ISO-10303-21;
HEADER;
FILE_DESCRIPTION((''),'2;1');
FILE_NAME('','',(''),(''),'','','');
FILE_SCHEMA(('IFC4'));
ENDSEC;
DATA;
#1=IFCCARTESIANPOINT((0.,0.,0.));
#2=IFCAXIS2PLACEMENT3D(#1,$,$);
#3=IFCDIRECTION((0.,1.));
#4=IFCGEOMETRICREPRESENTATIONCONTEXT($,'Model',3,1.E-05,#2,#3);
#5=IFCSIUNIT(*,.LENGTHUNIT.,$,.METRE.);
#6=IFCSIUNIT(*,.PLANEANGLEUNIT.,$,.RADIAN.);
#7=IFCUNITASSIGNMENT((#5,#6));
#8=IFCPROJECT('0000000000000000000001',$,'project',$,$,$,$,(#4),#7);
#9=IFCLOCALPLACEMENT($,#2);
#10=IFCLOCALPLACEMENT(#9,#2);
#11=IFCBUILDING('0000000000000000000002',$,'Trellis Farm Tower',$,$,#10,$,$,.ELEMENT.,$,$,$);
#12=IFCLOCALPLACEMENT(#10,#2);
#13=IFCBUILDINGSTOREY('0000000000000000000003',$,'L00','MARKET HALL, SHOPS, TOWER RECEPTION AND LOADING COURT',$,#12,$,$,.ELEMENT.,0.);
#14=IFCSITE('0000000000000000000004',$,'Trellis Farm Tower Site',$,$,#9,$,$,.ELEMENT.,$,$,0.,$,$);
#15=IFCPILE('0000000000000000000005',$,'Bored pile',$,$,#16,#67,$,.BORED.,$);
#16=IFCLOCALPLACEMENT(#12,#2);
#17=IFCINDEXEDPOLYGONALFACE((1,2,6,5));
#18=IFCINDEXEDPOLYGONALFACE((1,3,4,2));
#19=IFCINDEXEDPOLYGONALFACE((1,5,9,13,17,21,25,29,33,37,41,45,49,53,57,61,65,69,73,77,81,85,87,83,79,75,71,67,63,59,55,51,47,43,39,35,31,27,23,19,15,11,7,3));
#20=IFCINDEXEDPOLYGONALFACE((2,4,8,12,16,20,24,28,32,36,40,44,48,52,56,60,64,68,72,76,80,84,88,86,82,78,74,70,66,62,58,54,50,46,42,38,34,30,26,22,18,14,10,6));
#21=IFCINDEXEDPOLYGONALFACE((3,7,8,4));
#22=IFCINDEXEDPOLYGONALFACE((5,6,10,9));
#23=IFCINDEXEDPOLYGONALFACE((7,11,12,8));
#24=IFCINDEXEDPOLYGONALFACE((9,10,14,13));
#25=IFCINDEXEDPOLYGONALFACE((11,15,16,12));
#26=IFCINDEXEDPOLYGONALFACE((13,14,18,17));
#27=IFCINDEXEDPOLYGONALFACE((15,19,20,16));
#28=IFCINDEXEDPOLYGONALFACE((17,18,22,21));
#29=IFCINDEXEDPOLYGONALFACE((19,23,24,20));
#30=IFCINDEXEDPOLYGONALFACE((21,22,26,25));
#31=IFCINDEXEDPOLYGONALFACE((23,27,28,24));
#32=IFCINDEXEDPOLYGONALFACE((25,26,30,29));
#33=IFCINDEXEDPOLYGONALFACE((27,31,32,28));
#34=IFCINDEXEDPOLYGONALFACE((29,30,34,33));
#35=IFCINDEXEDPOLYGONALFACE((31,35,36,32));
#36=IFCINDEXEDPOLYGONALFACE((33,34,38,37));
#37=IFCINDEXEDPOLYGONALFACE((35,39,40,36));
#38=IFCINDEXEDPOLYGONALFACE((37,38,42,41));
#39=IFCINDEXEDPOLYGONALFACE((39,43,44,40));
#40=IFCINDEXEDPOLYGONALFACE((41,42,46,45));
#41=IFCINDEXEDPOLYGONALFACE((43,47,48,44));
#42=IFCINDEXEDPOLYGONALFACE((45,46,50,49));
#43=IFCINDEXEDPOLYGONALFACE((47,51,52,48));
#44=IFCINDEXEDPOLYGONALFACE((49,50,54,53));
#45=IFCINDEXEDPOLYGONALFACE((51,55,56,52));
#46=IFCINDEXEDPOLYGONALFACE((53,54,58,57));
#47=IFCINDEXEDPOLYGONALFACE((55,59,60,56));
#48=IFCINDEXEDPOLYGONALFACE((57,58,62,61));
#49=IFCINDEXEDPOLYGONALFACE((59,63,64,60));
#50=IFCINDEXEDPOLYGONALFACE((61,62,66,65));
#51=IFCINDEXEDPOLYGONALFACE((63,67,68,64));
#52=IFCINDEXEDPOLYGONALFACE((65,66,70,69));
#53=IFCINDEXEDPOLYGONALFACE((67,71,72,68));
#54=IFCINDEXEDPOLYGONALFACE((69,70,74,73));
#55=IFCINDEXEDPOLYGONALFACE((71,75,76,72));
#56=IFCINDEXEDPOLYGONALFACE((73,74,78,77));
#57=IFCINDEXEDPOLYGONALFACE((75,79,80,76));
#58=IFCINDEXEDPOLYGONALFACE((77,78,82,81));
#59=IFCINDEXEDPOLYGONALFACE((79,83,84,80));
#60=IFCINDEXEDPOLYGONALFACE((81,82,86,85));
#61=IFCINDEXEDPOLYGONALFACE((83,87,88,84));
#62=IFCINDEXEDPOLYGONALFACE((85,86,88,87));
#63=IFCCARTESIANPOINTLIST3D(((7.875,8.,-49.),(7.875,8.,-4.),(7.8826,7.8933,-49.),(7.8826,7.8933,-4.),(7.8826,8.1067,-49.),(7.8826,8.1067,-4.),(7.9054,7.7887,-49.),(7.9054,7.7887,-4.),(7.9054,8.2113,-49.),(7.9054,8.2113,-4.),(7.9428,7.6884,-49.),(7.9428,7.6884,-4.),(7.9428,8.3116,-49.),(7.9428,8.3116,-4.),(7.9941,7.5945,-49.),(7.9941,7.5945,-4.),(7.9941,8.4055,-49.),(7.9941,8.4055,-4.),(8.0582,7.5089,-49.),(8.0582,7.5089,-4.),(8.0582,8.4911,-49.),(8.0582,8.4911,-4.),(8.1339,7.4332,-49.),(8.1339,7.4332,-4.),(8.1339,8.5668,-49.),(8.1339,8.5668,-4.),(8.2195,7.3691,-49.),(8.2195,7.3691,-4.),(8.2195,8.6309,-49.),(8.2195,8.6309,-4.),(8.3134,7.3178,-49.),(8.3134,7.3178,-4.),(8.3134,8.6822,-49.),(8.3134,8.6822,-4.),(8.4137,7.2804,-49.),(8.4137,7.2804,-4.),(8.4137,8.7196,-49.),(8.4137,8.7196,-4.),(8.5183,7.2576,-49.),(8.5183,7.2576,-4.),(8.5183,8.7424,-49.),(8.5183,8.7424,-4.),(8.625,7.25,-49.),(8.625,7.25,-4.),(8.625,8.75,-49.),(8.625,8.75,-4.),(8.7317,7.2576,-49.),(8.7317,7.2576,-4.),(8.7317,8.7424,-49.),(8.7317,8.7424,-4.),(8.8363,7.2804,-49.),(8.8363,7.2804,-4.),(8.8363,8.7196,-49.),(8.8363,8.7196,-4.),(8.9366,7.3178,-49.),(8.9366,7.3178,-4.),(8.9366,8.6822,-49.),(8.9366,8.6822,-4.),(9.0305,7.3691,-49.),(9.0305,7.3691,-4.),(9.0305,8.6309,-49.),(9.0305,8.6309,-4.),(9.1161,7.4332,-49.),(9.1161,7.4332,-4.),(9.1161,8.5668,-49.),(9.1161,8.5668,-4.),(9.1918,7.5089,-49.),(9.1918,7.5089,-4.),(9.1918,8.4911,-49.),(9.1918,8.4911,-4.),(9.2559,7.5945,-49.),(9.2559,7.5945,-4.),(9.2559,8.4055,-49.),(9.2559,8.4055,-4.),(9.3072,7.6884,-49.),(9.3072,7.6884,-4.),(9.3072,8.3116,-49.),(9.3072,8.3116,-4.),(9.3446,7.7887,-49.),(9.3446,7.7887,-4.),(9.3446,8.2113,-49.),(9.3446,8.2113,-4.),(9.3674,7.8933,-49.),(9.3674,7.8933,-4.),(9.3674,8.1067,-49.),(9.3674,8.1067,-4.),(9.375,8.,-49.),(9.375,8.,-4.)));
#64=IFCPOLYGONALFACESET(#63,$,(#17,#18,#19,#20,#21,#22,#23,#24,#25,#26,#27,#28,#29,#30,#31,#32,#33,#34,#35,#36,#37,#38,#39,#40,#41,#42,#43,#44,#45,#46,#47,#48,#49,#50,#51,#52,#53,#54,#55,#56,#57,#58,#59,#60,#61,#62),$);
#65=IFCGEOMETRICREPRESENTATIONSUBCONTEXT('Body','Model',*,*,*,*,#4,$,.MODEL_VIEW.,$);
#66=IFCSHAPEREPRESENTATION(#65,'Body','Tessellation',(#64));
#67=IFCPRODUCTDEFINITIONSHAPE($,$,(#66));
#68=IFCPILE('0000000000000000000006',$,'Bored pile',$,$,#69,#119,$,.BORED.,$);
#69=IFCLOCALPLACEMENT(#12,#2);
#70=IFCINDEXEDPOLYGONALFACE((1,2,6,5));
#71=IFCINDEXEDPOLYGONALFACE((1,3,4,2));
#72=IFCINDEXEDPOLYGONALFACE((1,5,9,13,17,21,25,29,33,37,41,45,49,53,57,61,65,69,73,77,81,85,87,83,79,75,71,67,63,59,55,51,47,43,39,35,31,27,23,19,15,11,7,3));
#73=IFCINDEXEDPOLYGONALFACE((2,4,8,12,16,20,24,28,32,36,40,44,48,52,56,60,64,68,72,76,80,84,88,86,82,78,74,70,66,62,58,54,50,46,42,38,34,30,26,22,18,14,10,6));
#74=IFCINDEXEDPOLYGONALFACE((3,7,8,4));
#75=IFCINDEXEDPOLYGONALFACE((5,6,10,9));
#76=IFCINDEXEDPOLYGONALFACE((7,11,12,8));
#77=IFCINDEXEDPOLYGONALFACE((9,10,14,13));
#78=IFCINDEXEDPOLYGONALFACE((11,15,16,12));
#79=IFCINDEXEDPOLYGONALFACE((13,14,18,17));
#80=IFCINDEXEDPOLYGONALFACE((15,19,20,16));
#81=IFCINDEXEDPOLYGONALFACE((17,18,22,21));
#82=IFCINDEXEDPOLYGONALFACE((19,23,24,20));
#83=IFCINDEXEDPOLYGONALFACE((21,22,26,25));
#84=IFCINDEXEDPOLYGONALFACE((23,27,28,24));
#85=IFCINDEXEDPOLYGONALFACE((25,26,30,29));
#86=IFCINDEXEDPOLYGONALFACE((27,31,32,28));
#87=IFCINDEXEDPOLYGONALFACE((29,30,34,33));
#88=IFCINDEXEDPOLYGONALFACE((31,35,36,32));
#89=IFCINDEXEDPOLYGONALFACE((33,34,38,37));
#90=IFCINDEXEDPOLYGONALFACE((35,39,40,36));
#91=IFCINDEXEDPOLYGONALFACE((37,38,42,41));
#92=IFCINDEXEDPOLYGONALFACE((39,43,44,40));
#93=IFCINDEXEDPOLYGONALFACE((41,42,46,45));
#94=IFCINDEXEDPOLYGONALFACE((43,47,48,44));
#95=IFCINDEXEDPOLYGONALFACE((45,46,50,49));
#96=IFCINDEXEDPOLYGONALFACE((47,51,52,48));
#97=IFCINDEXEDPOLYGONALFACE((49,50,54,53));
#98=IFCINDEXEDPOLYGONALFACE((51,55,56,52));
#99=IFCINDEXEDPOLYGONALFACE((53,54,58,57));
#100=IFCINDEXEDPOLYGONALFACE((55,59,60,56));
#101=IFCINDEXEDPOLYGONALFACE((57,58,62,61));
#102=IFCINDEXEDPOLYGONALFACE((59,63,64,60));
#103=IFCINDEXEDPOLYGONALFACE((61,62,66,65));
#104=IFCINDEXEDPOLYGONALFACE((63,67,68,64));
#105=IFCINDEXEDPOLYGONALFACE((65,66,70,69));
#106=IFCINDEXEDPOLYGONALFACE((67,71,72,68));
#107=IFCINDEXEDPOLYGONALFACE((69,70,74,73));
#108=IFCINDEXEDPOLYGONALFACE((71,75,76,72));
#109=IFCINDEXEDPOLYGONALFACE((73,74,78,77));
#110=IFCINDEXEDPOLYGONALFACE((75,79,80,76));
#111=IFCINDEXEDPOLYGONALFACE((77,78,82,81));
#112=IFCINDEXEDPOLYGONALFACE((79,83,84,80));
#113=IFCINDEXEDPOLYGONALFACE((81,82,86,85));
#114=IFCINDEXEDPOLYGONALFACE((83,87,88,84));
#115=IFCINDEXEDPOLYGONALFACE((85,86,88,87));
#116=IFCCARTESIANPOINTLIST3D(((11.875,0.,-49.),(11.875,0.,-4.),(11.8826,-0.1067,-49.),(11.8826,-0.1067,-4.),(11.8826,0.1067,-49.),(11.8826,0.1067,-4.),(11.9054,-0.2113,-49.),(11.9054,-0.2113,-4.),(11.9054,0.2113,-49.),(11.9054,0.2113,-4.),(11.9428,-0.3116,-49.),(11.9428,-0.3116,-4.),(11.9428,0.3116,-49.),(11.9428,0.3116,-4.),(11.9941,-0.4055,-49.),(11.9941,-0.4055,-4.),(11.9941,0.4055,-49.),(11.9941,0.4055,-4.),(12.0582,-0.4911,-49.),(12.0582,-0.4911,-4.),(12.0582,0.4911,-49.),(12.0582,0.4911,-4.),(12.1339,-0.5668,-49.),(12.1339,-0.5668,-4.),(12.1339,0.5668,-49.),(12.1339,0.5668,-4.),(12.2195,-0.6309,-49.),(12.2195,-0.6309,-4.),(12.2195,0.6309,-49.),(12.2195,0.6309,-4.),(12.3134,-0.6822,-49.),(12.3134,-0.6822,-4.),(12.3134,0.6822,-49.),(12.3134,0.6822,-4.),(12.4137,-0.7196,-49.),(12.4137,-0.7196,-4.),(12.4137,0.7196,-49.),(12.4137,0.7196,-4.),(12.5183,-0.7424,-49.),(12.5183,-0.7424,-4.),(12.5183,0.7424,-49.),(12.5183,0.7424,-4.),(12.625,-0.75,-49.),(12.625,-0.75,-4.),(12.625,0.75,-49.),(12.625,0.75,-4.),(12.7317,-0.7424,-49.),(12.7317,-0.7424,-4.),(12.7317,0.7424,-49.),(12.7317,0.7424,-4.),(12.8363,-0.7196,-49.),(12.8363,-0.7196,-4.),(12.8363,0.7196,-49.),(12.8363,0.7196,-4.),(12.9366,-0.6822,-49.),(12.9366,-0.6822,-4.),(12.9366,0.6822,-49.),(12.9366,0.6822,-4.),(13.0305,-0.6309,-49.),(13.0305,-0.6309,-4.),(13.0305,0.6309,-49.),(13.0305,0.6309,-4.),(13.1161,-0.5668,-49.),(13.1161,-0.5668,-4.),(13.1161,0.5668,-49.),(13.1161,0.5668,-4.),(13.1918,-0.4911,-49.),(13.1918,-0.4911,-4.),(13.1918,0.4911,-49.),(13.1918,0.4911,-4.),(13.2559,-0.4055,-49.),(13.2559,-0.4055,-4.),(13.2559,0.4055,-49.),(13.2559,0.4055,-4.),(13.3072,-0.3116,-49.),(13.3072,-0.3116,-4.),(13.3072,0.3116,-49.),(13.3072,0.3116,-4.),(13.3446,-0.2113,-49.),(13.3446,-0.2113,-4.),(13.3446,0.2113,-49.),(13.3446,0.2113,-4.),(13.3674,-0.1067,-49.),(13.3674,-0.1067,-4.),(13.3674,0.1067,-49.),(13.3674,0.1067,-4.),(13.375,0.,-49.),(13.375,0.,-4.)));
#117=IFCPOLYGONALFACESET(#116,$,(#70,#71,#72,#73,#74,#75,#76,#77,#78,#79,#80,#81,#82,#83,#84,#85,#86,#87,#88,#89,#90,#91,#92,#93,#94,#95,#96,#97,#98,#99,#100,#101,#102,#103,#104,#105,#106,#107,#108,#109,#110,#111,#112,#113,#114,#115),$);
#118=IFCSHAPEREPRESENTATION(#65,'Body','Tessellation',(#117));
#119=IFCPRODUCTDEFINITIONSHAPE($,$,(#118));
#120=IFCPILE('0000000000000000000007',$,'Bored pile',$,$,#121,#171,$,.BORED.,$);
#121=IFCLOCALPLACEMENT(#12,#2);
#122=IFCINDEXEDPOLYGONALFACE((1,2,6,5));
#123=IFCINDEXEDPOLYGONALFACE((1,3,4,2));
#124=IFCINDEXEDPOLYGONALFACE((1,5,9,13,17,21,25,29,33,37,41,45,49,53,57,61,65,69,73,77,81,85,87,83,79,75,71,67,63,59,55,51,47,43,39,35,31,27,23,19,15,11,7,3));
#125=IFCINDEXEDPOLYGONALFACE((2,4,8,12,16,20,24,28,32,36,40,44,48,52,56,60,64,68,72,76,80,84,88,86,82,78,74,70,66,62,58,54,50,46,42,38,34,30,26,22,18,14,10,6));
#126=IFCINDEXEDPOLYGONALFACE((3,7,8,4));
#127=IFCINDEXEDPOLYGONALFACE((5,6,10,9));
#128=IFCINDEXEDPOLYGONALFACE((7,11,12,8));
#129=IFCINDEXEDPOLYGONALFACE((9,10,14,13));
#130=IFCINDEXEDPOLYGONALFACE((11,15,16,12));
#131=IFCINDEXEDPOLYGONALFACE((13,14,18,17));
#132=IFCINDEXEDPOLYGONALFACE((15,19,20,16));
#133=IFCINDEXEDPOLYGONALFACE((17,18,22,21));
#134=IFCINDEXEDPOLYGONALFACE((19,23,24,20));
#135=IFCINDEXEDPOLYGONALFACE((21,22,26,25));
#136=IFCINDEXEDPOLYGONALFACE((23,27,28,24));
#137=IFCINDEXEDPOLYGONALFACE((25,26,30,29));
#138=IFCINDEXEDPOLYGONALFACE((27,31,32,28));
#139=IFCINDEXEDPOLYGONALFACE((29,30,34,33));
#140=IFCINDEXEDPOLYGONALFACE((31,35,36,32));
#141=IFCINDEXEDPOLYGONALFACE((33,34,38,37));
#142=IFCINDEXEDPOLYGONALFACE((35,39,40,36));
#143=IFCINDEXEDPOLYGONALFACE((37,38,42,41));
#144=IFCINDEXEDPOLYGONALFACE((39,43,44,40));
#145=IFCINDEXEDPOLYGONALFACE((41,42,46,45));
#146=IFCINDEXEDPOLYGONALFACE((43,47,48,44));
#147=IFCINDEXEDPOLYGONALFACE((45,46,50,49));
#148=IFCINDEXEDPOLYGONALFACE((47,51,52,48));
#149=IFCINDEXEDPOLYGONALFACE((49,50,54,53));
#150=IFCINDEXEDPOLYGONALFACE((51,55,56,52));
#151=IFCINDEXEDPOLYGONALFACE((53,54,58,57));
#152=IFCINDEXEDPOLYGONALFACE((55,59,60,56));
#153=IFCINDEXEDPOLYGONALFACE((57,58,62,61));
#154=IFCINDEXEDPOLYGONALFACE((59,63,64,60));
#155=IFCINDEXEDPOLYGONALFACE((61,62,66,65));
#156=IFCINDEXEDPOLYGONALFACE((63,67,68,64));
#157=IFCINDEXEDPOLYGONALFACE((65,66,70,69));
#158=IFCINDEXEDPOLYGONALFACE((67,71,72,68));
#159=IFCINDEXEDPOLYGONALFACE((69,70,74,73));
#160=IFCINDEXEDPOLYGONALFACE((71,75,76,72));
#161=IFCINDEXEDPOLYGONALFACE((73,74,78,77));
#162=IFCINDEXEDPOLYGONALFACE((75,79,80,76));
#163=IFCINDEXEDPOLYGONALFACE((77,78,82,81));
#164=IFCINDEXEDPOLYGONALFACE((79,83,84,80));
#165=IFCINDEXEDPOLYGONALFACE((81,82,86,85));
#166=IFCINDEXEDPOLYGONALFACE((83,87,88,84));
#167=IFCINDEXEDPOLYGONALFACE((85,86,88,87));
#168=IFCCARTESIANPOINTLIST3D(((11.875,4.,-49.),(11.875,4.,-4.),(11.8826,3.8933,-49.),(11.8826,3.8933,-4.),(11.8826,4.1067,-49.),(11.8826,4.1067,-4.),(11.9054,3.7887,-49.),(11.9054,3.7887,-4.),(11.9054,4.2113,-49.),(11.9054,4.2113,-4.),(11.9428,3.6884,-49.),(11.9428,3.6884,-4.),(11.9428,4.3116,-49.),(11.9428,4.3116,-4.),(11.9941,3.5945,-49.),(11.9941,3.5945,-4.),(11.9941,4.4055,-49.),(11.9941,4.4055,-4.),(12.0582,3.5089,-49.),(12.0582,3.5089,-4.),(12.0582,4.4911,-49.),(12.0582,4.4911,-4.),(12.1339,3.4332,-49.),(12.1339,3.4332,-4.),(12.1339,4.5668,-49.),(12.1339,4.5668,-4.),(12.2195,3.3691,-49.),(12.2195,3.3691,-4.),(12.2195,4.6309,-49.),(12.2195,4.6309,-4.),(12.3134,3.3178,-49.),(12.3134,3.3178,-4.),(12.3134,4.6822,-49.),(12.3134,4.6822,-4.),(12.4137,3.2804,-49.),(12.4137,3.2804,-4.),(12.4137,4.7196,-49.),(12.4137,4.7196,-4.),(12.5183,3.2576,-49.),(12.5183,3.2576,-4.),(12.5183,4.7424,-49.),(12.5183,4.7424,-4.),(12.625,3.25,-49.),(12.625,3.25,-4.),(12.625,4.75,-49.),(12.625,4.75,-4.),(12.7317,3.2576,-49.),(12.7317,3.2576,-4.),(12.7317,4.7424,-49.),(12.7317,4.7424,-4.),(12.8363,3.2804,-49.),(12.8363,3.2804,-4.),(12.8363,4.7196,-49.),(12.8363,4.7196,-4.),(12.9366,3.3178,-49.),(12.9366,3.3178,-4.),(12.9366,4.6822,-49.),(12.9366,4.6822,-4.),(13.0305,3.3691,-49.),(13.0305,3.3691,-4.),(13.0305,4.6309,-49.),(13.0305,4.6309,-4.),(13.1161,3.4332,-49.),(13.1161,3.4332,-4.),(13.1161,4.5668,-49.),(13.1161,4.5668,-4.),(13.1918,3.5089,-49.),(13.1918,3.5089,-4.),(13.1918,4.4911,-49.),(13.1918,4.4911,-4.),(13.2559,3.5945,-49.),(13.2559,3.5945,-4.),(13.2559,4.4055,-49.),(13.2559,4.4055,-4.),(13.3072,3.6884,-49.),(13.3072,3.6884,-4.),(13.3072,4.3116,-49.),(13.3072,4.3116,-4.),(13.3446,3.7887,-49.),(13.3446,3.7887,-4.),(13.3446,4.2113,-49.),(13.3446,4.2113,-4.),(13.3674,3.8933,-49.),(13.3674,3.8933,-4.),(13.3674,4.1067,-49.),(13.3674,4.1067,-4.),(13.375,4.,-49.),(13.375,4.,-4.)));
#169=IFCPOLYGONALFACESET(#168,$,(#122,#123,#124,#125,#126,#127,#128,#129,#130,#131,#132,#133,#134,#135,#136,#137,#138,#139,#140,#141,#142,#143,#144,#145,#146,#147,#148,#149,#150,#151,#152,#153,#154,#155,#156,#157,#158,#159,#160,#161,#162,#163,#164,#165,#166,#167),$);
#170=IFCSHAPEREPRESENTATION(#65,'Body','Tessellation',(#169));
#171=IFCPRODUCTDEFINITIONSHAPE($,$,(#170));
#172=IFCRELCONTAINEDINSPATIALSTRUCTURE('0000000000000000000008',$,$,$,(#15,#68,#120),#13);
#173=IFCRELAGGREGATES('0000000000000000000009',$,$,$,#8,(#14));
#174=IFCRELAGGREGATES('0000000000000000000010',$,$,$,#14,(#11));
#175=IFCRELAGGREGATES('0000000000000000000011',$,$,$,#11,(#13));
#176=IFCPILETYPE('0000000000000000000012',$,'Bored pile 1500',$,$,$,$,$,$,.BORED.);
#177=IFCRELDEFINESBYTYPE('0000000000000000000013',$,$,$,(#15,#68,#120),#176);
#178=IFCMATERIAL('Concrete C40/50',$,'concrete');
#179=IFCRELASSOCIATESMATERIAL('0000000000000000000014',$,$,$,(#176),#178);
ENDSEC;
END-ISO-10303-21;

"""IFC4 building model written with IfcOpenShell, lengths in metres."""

from ifc_helpers import new_model, si_unit, direction, frame, origin, origin_2d, place, context, subcontext, project, spatial, circle, extrude, source, transform, mapped, material, material_profile, profile_set, type_object, element, save


model = new_model("IFC4")

# Units and contexts
model_context = context("Model", 3, precision=1e-05, world=origin(), true_north=direction((0.0, 1.0)))
body_context = subcontext(model_context, "Body", "Model", "MODEL_VIEW")
ifc_project = project(units=[si_unit("LENGTHUNIT", "METRE"), si_unit("PLANEANGLEUNIT", "RADIAN")], contexts=[model_context])

# Site, building, storey
site_placement = place(None, origin())
site = spatial("IfcSite", under=ifc_project, at=site_placement, Name="Trellis Farm Tower Site", CompositionType="ELEMENT", RefElevation=0.0)
building_placement = place(site_placement, origin())
building = spatial("IfcBuilding", under=site, at=building_placement, Name="Trellis Farm Tower", CompositionType="ELEMENT")
storey_placement = place(building_placement, origin())
storey = spatial("IfcBuildingStorey", under=building, at=storey_placement, Name="L00", Description="MARKET HALL, SHOPS, TOWER RECEPTION AND LOADING COURT", CompositionType="ELEMENT", Elevation=0.0)

# Piles
ifc_material_1 = material(Name="Concrete C40/50", Category="concrete")
ifc_material_profile_1 = material_profile(ifc_material_1, circle(Radius=0.75, at=origin_2d()), Name="Bored pile 1500")
ifc_profile_set_1 = profile_set([ifc_material_profile_1], Name="Concrete C40/50")
pile_type = type_object("IfcPileType", Name="Bored pile 1500", PredefinedType="BORED", material=ifc_profile_set_1)
shared_shape_1 = source(origin(), body_context, "Body", "SweptSolid", [
    extrude(circle(Radius=0.75, at=origin_2d()), origin(), (0.0, 0.0, 1.0), 45.0),
])
for number, where, z_axis, x_axis, name in (
    (1, (8.625, 8.0, -4.0), (0.0, 0.0, -1.0), (1.0, 0.0, 0.0), "Bored pile"),
    (2, (12.625, 0.0, -4.0), (0.0, 0.0, -1.0), (1.0, 0.0, 0.0), "Bored pile"),
    (3, (12.625, 4.0, -4.0), (0.0, 0.0, -1.0), (1.0, 0.0, 0.0), "Bored pile"),
):
    element("IfcPile", number, at=place(storey_placement, frame(where, z_axis=z_axis, x_axis=x_axis)), inside=storey, type_object=pile_type, Name=name, PredefinedType="BORED", context=body_context, shape_type="MappedRepresentation", body=[
        mapped(shared_shape_1, transform((0.0, 0.0, 0.0))),
    ])

save(model, "model.ifc")
